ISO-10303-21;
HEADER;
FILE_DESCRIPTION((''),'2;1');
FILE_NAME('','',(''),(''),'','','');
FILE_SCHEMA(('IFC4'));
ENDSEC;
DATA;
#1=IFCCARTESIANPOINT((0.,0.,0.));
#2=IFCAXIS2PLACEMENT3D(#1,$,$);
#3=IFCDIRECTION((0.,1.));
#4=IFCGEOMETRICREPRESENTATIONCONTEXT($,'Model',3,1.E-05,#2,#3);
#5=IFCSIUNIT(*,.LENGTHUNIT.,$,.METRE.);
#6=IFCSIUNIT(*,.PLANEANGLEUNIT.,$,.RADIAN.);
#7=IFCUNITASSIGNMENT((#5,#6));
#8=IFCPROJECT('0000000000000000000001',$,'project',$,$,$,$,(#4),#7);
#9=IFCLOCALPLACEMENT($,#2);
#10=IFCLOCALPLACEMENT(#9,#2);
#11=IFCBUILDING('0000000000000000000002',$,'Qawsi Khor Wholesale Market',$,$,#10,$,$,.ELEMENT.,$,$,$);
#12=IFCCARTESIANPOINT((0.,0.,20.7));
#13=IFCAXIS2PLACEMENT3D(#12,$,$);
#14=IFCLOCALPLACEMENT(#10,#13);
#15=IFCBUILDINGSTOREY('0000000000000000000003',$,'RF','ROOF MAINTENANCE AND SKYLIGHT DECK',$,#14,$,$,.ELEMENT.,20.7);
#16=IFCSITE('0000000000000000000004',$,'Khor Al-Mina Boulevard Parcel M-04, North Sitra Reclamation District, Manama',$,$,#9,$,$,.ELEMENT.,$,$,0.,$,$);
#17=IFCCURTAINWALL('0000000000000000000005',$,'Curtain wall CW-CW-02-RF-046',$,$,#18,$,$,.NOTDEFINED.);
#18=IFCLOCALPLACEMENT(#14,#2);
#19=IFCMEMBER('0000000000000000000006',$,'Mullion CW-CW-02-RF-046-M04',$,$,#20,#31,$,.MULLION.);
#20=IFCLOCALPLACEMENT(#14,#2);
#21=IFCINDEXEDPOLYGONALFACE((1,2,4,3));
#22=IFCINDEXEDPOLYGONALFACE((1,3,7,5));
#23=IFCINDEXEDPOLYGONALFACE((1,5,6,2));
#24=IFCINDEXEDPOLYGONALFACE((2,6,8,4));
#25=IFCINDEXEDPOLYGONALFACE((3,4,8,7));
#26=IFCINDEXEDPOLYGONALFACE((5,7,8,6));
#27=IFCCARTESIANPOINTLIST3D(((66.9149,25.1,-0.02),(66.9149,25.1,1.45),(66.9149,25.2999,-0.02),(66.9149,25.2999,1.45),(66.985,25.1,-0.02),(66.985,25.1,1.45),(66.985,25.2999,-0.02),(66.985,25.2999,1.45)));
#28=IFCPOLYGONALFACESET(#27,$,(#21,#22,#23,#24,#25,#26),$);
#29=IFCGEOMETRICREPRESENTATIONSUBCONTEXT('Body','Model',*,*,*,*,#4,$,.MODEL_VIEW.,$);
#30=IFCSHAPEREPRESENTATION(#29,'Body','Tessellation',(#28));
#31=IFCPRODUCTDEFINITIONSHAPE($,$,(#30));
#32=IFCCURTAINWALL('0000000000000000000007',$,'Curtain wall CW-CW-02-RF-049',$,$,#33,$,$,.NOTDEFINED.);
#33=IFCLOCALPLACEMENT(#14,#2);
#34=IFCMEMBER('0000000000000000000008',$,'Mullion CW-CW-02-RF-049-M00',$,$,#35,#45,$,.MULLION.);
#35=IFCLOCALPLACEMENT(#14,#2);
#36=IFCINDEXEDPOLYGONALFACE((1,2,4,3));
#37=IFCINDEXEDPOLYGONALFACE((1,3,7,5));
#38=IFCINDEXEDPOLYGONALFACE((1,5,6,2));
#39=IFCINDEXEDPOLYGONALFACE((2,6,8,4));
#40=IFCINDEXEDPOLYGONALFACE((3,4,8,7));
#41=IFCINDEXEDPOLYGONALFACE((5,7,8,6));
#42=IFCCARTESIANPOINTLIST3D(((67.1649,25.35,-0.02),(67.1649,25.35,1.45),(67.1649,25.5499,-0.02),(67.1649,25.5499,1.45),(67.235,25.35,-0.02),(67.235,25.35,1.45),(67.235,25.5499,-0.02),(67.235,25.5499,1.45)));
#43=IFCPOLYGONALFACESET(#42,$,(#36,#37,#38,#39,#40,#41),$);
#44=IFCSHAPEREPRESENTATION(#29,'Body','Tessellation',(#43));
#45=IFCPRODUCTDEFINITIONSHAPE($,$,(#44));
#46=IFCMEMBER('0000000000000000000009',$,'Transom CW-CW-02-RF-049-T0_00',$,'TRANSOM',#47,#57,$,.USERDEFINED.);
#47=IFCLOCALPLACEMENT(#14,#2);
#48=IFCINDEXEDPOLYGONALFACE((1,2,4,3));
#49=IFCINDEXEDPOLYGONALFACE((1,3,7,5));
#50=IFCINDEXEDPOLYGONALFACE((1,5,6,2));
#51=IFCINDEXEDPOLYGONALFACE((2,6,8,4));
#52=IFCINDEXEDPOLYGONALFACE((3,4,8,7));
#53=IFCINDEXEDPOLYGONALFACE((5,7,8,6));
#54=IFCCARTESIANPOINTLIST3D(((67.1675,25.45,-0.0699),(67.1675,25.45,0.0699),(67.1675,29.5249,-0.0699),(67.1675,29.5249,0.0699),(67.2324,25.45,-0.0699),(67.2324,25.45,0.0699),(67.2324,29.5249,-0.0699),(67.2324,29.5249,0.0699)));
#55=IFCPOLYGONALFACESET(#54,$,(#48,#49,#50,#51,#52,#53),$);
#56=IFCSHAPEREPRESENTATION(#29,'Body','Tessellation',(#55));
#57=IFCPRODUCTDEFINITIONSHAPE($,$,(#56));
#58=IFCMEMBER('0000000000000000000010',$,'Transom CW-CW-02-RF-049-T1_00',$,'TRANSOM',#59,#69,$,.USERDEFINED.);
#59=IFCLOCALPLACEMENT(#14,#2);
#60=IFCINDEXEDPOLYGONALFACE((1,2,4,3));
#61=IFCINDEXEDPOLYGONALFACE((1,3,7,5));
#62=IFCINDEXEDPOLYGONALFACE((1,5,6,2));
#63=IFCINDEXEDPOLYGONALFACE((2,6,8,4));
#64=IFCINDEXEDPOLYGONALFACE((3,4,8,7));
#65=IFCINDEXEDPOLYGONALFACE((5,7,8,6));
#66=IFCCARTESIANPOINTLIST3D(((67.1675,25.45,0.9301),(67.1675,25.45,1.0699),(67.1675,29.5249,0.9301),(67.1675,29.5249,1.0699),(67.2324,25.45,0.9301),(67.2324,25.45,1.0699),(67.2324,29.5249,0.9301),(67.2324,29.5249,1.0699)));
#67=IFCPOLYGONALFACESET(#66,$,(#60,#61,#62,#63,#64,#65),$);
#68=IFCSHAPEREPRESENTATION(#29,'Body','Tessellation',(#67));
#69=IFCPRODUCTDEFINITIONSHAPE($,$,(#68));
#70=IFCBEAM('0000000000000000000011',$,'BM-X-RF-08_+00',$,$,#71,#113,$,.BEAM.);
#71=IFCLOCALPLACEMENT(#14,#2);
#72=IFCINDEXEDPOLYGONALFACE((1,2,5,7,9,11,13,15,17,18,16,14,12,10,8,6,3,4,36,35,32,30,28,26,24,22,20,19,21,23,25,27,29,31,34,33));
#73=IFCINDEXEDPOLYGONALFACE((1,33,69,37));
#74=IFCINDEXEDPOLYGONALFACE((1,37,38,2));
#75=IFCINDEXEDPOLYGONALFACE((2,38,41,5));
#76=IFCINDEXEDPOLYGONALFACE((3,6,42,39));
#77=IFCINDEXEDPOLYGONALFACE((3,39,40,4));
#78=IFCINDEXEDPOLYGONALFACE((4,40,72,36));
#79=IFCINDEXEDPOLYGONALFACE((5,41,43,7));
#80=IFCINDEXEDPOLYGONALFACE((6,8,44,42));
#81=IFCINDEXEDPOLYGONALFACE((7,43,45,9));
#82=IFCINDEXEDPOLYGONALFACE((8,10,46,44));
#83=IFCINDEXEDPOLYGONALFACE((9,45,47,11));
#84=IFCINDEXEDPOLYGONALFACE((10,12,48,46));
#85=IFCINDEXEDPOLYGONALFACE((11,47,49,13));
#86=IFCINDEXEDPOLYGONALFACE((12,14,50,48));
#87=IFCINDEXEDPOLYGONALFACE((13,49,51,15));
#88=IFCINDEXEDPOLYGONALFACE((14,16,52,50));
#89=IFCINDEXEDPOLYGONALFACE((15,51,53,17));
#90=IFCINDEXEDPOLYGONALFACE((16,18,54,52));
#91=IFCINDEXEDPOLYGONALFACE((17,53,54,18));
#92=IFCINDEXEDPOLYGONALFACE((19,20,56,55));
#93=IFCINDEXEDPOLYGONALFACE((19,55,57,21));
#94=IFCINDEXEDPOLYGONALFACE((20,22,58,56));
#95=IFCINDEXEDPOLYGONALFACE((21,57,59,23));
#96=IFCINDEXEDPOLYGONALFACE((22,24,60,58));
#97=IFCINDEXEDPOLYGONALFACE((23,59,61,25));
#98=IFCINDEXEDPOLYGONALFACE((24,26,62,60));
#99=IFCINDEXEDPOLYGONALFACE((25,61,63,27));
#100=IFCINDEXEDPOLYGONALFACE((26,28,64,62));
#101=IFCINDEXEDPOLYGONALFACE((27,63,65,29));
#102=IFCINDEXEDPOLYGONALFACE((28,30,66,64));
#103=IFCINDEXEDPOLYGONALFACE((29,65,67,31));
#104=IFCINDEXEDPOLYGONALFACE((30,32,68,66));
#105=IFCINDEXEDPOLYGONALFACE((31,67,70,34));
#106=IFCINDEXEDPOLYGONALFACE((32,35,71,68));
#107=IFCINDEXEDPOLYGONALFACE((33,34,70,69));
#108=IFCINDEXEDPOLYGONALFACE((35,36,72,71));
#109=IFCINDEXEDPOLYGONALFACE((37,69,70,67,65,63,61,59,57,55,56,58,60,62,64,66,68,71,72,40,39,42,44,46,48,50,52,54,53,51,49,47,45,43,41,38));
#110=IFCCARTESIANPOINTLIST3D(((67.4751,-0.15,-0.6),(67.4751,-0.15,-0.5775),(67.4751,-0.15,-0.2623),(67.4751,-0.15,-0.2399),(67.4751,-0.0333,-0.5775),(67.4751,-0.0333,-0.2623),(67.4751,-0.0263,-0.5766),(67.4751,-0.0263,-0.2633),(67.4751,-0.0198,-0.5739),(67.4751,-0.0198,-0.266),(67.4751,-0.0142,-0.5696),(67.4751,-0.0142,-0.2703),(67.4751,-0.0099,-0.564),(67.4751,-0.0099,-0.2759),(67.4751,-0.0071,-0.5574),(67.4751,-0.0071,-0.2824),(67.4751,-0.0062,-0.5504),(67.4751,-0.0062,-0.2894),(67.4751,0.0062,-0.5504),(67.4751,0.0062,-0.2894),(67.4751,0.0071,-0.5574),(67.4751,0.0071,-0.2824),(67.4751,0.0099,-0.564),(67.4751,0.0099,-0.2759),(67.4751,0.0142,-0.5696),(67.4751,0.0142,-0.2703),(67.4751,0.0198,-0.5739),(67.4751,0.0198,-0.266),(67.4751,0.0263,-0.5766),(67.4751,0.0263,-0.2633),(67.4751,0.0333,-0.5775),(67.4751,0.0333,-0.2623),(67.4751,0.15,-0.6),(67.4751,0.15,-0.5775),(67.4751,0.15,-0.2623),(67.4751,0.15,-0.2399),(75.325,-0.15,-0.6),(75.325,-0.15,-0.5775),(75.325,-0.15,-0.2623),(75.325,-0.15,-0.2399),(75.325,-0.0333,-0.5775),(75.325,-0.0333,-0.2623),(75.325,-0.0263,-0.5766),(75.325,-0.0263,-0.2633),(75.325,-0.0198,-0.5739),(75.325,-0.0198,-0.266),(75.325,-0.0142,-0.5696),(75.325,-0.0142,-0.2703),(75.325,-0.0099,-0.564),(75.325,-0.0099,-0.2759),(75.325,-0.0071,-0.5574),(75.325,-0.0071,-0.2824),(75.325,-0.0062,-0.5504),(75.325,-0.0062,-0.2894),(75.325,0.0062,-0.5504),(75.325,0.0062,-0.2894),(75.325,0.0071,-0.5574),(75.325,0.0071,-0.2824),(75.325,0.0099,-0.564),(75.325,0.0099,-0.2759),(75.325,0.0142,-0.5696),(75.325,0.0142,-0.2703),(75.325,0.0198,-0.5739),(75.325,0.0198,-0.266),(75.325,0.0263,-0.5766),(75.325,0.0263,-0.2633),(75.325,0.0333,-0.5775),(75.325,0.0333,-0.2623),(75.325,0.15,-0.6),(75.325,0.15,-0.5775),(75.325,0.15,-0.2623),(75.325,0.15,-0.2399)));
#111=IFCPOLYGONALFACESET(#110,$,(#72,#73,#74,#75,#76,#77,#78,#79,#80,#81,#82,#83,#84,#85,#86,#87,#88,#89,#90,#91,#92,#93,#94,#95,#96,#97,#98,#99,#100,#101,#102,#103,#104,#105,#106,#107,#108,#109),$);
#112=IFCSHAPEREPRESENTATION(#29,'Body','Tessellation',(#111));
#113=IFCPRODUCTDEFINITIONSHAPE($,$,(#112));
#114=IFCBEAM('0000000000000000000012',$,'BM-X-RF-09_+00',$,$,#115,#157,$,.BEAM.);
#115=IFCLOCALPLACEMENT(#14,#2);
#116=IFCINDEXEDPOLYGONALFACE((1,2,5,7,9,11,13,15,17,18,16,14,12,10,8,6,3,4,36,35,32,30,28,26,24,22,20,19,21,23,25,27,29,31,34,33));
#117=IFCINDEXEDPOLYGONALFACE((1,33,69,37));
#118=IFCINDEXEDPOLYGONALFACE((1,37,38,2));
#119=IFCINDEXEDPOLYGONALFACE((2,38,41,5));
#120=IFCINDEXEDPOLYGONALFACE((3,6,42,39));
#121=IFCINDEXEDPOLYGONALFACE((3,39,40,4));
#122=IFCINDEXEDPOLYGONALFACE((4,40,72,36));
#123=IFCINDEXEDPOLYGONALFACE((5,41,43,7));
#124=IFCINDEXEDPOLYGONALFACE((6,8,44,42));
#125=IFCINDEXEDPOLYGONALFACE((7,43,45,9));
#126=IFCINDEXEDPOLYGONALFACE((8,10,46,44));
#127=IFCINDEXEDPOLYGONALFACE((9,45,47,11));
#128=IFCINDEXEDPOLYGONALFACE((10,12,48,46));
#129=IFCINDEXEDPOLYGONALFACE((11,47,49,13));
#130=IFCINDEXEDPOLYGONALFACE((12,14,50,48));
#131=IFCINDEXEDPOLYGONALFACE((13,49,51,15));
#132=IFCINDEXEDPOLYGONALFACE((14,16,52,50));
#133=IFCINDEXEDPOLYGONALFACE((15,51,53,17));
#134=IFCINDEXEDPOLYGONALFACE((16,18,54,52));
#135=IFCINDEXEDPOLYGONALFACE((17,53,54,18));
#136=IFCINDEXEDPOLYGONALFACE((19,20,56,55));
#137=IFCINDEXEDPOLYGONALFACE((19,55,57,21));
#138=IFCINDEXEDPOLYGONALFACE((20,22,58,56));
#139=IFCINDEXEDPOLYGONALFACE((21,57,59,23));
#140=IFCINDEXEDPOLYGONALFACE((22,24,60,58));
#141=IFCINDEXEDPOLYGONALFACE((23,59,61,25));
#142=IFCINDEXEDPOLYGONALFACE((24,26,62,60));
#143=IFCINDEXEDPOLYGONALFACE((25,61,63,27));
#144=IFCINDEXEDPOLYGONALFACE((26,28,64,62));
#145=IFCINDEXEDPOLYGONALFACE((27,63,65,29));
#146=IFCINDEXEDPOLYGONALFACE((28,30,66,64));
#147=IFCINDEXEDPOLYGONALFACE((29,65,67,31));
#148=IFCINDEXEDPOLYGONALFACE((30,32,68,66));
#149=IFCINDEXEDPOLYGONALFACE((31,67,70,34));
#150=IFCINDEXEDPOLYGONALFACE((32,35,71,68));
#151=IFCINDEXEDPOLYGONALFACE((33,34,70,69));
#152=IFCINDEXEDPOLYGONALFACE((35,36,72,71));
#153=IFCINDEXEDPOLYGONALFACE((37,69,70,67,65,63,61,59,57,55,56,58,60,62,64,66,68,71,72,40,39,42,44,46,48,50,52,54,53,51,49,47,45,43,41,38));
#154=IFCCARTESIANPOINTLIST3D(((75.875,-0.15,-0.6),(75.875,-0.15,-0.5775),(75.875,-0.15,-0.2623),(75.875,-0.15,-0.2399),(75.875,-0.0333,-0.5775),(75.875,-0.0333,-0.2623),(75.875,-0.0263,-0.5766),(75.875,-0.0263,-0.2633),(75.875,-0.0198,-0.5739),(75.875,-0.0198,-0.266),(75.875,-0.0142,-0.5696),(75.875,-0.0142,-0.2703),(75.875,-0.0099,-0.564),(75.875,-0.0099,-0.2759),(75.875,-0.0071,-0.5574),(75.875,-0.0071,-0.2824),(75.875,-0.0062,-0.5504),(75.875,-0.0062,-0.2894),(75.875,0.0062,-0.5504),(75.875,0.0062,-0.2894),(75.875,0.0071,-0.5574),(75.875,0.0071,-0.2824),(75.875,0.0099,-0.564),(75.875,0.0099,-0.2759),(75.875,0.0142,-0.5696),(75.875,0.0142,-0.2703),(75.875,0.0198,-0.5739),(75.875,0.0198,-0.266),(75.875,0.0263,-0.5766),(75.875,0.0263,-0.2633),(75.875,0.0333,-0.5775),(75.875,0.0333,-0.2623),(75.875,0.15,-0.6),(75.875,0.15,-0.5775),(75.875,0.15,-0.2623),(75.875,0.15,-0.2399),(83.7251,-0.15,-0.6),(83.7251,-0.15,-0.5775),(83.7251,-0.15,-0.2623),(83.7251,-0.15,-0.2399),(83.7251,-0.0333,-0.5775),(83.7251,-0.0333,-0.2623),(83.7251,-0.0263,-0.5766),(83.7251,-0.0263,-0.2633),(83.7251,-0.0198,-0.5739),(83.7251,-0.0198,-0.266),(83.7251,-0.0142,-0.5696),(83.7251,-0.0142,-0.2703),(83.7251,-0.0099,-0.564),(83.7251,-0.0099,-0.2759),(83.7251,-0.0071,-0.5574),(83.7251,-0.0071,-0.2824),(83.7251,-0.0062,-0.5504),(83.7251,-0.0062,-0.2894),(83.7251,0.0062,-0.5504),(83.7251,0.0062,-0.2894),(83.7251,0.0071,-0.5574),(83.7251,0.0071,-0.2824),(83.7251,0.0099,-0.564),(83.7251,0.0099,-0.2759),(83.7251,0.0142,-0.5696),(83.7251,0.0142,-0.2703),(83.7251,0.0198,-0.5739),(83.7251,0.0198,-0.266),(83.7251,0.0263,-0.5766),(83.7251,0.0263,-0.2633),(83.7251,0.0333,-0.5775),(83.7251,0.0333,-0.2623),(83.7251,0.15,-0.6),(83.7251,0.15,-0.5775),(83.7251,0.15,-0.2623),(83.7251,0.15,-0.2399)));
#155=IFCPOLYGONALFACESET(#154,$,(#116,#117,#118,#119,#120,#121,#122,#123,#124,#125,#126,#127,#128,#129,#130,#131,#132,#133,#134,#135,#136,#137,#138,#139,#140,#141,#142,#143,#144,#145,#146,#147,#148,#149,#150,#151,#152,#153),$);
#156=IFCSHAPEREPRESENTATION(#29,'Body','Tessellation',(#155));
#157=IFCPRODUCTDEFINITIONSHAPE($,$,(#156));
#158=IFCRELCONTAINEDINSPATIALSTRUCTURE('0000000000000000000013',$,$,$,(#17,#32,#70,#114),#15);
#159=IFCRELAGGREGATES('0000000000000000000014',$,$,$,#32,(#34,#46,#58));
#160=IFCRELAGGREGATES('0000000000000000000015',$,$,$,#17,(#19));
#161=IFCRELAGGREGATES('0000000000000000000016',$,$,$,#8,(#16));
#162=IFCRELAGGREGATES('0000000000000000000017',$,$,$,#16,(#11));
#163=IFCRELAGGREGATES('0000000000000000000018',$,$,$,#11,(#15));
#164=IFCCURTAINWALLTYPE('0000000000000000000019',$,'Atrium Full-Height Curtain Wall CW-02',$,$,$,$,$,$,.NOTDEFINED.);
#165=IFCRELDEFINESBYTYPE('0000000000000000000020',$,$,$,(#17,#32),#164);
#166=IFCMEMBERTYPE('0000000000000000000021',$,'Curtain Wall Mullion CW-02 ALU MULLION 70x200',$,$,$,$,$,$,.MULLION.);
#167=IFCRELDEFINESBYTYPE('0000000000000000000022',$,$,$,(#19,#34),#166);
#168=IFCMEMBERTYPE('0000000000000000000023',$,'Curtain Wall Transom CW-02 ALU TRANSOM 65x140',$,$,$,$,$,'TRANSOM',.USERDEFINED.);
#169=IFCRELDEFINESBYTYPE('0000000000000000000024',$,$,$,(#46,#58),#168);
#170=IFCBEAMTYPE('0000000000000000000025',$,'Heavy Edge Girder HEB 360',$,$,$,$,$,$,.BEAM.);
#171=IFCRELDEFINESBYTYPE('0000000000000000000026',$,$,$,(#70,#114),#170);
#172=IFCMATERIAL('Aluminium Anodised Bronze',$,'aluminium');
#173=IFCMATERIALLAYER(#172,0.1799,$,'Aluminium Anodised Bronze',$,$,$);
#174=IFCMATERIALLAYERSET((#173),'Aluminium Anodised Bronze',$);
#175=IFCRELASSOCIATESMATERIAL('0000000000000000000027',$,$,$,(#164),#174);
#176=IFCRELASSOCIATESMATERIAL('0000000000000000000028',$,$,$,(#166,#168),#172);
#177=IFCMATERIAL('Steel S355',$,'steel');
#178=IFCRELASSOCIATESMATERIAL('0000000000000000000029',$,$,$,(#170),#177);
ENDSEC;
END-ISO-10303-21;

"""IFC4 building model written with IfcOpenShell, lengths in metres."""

from ifc_helpers import new_model, si_unit, direction, frame, origin, origin_2d, place, context, subcontext, project, spatial, rectangle, i_section, extrude, material, layer, layer_set, material_profile, profile_set, type_object, element, aggregate, save


model = new_model("IFC4")

# Units and contexts
model_context = context("Model", 3, precision=1e-05, world=origin(), true_north=direction((0.0, 1.0)))
body_context = subcontext(model_context, "Body", "Model", "MODEL_VIEW")
ifc_project = project(units=[si_unit("LENGTHUNIT", "METRE"), si_unit("PLANEANGLEUNIT", "RADIAN")], contexts=[model_context])

# Site, building, storey
site_placement = place(None, origin())
site = spatial("IfcSite", under=ifc_project, at=site_placement, Name="Khor Al-Mina Boulevard Parcel M-04, North Sitra Reclamation District, Manama", CompositionType="ELEMENT", RefElevation=0.0)
building_placement = place(site_placement, origin())
building = spatial("IfcBuilding", under=site, at=building_placement, Name="Qawsi Khor Wholesale Market", CompositionType="ELEMENT")
storey_placement = place(building_placement, frame((0.0, 0.0, 20.7)))
storey = spatial("IfcBuildingStorey", under=building, at=storey_placement, Name="RF", Description="ROOF MAINTENANCE AND SKYLIGHT DECK", CompositionType="ELEMENT", Elevation=20.7)

# Curtain wall, member
ifc_material_1 = material(Name="Aluminium Anodised Bronze", Category="aluminium")
ifc_layer_1 = layer(ifc_material_1, 0.1799, Name="Aluminium Anodised Bronze")
ifc_layer_set_1 = layer_set([ifc_layer_1], Name="Aluminium Anodised Bronze")
curtain_wall_type = type_object("IfcCurtainWallType", Name="Atrium Full-Height Curtain Wall CW-02", PredefinedType="NOTDEFINED", material=ifc_layer_set_1)
curtain_wall_1_placement = place(storey_placement, origin())
curtain_wall_1 = element("IfcCurtainWall", 1, at=curtain_wall_1_placement, inside=storey, type_object=curtain_wall_type, Name="Curtain wall CW-CW-02-RF-046", PredefinedType="NOTDEFINED")
ifc_material_profile_1 = material_profile(ifc_material_1, rectangle(XDim=0.0701, YDim=0.2, at=origin_2d()), Name="ALU MULLION 70x200")
ifc_profile_set_1 = profile_set([ifc_material_profile_1], Name="Aluminium Anodised Bronze")
member_type_1 = type_object("IfcMemberType", Name="Curtain Wall Mullion CW-02 ALU MULLION 70x200", PredefinedType="MULLION", material=ifc_profile_set_1)
member_1_placement = place(storey_placement, frame((66.95, 25.2, -0.02), z_axis=(0.0, 0.0, 1.0), x_axis=(1.0, 0.0, 0.0)))
member_1 = element("IfcMember", 2, at=member_1_placement, type_object=member_type_1, Name="Mullion CW-CW-02-RF-046-M04", PredefinedType="MULLION", context=body_context, shape_type="SweptSolid", body=[
    extrude(rectangle(XDim=0.0701, YDim=0.2, at=origin_2d()), origin(), (0.0, 0.0, 1.0), 1.47),
])

# Curtain wall, members
curtain_wall_2_placement = place(storey_placement, origin())
curtain_wall_2 = element("IfcCurtainWall", 3, at=curtain_wall_2_placement, inside=storey, type_object=curtain_wall_type, Name="Curtain wall CW-CW-02-RF-049", PredefinedType="NOTDEFINED")
member_2_placement = place(storey_placement, frame((67.2, 25.45, -0.02), z_axis=(0.0, 0.0, 1.0), x_axis=(1.0, 0.0, 0.0)))
member_2 = element("IfcMember", 4, at=member_2_placement, type_object=member_type_1, Name="Mullion CW-CW-02-RF-049-M00", PredefinedType="MULLION", context=body_context, shape_type="SweptSolid", body=[
    extrude(rectangle(XDim=0.0701, YDim=0.2, at=origin_2d()), origin(), (0.0, 0.0, 1.0), 1.47),
])
ifc_material_profile_2 = material_profile(ifc_material_1, rectangle(XDim=0.0649, YDim=0.1399, at=origin_2d()), Name="ALU TRANSOM 65x140")
ifc_profile_set_2 = profile_set([ifc_material_profile_2], Name="Aluminium Anodised Bronze")
member_type_2 = type_object("IfcMemberType", Name="Curtain Wall Transom CW-02 ALU TRANSOM 65x140", ElementType="TRANSOM", PredefinedType="USERDEFINED", material=ifc_profile_set_2)
member_3_placement = place(storey_placement, frame((67.2, 25.45, 0.0), z_axis=(0.0, 1.0, 0.0), x_axis=(-1.0, 0.0, 0.0)))
member_3 = element("IfcMember", 5, at=member_3_placement, type_object=member_type_2, Name="Transom CW-CW-02-RF-049-T0_00", ObjectType="TRANSOM", PredefinedType="USERDEFINED", context=body_context, shape_type="SweptSolid", body=[
    extrude(rectangle(XDim=0.0649, YDim=0.1399, at=origin_2d()), origin(), (0.0, 0.0, 1.0), 4.075),
])
member_4_placement = place(storey_placement, frame((67.2, 25.45, 1.0), z_axis=(0.0, 1.0, 0.0), x_axis=(-1.0, 0.0, 0.0)))
member_4 = element("IfcMember", 6, at=member_4_placement, type_object=member_type_2, Name="Transom CW-CW-02-RF-049-T1_00", ObjectType="TRANSOM", PredefinedType="USERDEFINED", context=body_context, shape_type="SweptSolid", body=[
    extrude(rectangle(XDim=0.0649, YDim=0.1399, at=origin_2d()), origin(), (0.0, 0.0, 1.0), 4.075),
])
aggregate(curtain_wall_2, [member_2, member_3, member_4])

# Beams
ifc_material_2 = material(Name="Steel S355", Category="steel")
ifc_material_profile_3 = material_profile(ifc_material_2, i_section(OverallWidth=0.3, OverallDepth=0.3601, WebThickness=0.0125, FlangeThickness=0.0225, FilletRadius=0.0271, at=origin_2d()), Name="HEB 360")
ifc_profile_set_3 = profile_set([ifc_material_profile_3], Name="Steel S355")
beam_type_1 = type_object("IfcBeamType", Name="Heavy Edge Girder HEB 360", PredefinedType="BEAM", material=ifc_profile_set_3)
beam_1_placement = place(storey_placement, frame((67.4751, 0.0, -0.4199), z_axis=(1.0, 0.0, 0.0), x_axis=(0.0, 1.0, 0.0)))
element("IfcBeam", 7, at=beam_1_placement, inside=storey, type_object=beam_type_1, Name="BM-X-RF-08_+00", PredefinedType="BEAM", context=body_context, shape_type="SweptSolid", body=[
    extrude(i_section(OverallWidth=0.3, OverallDepth=0.3601, WebThickness=0.0125, FlangeThickness=0.0225, FilletRadius=0.0271, at=origin_2d()), origin(), (0.0, 0.0, 1.0), 7.8499),
])
beam_2_placement = place(storey_placement, frame((75.875, 0.0, -0.4199), z_axis=(1.0, 0.0, 0.0), x_axis=(0.0, 1.0, 0.0)))
element("IfcBeam", 8, at=beam_2_placement, inside=storey, type_object=beam_type_1, Name="BM-X-RF-09_+00", PredefinedType="BEAM", context=body_context, shape_type="SweptSolid", body=[
    extrude(i_section(OverallWidth=0.3, OverallDepth=0.3601, WebThickness=0.0125, FlangeThickness=0.0225, FilletRadius=0.0271, at=origin_2d()), origin(), (0.0, 0.0, 1.0), 7.8501),
])

aggregate(curtain_wall_1, [member_1])

save(model, "model.ifc")
